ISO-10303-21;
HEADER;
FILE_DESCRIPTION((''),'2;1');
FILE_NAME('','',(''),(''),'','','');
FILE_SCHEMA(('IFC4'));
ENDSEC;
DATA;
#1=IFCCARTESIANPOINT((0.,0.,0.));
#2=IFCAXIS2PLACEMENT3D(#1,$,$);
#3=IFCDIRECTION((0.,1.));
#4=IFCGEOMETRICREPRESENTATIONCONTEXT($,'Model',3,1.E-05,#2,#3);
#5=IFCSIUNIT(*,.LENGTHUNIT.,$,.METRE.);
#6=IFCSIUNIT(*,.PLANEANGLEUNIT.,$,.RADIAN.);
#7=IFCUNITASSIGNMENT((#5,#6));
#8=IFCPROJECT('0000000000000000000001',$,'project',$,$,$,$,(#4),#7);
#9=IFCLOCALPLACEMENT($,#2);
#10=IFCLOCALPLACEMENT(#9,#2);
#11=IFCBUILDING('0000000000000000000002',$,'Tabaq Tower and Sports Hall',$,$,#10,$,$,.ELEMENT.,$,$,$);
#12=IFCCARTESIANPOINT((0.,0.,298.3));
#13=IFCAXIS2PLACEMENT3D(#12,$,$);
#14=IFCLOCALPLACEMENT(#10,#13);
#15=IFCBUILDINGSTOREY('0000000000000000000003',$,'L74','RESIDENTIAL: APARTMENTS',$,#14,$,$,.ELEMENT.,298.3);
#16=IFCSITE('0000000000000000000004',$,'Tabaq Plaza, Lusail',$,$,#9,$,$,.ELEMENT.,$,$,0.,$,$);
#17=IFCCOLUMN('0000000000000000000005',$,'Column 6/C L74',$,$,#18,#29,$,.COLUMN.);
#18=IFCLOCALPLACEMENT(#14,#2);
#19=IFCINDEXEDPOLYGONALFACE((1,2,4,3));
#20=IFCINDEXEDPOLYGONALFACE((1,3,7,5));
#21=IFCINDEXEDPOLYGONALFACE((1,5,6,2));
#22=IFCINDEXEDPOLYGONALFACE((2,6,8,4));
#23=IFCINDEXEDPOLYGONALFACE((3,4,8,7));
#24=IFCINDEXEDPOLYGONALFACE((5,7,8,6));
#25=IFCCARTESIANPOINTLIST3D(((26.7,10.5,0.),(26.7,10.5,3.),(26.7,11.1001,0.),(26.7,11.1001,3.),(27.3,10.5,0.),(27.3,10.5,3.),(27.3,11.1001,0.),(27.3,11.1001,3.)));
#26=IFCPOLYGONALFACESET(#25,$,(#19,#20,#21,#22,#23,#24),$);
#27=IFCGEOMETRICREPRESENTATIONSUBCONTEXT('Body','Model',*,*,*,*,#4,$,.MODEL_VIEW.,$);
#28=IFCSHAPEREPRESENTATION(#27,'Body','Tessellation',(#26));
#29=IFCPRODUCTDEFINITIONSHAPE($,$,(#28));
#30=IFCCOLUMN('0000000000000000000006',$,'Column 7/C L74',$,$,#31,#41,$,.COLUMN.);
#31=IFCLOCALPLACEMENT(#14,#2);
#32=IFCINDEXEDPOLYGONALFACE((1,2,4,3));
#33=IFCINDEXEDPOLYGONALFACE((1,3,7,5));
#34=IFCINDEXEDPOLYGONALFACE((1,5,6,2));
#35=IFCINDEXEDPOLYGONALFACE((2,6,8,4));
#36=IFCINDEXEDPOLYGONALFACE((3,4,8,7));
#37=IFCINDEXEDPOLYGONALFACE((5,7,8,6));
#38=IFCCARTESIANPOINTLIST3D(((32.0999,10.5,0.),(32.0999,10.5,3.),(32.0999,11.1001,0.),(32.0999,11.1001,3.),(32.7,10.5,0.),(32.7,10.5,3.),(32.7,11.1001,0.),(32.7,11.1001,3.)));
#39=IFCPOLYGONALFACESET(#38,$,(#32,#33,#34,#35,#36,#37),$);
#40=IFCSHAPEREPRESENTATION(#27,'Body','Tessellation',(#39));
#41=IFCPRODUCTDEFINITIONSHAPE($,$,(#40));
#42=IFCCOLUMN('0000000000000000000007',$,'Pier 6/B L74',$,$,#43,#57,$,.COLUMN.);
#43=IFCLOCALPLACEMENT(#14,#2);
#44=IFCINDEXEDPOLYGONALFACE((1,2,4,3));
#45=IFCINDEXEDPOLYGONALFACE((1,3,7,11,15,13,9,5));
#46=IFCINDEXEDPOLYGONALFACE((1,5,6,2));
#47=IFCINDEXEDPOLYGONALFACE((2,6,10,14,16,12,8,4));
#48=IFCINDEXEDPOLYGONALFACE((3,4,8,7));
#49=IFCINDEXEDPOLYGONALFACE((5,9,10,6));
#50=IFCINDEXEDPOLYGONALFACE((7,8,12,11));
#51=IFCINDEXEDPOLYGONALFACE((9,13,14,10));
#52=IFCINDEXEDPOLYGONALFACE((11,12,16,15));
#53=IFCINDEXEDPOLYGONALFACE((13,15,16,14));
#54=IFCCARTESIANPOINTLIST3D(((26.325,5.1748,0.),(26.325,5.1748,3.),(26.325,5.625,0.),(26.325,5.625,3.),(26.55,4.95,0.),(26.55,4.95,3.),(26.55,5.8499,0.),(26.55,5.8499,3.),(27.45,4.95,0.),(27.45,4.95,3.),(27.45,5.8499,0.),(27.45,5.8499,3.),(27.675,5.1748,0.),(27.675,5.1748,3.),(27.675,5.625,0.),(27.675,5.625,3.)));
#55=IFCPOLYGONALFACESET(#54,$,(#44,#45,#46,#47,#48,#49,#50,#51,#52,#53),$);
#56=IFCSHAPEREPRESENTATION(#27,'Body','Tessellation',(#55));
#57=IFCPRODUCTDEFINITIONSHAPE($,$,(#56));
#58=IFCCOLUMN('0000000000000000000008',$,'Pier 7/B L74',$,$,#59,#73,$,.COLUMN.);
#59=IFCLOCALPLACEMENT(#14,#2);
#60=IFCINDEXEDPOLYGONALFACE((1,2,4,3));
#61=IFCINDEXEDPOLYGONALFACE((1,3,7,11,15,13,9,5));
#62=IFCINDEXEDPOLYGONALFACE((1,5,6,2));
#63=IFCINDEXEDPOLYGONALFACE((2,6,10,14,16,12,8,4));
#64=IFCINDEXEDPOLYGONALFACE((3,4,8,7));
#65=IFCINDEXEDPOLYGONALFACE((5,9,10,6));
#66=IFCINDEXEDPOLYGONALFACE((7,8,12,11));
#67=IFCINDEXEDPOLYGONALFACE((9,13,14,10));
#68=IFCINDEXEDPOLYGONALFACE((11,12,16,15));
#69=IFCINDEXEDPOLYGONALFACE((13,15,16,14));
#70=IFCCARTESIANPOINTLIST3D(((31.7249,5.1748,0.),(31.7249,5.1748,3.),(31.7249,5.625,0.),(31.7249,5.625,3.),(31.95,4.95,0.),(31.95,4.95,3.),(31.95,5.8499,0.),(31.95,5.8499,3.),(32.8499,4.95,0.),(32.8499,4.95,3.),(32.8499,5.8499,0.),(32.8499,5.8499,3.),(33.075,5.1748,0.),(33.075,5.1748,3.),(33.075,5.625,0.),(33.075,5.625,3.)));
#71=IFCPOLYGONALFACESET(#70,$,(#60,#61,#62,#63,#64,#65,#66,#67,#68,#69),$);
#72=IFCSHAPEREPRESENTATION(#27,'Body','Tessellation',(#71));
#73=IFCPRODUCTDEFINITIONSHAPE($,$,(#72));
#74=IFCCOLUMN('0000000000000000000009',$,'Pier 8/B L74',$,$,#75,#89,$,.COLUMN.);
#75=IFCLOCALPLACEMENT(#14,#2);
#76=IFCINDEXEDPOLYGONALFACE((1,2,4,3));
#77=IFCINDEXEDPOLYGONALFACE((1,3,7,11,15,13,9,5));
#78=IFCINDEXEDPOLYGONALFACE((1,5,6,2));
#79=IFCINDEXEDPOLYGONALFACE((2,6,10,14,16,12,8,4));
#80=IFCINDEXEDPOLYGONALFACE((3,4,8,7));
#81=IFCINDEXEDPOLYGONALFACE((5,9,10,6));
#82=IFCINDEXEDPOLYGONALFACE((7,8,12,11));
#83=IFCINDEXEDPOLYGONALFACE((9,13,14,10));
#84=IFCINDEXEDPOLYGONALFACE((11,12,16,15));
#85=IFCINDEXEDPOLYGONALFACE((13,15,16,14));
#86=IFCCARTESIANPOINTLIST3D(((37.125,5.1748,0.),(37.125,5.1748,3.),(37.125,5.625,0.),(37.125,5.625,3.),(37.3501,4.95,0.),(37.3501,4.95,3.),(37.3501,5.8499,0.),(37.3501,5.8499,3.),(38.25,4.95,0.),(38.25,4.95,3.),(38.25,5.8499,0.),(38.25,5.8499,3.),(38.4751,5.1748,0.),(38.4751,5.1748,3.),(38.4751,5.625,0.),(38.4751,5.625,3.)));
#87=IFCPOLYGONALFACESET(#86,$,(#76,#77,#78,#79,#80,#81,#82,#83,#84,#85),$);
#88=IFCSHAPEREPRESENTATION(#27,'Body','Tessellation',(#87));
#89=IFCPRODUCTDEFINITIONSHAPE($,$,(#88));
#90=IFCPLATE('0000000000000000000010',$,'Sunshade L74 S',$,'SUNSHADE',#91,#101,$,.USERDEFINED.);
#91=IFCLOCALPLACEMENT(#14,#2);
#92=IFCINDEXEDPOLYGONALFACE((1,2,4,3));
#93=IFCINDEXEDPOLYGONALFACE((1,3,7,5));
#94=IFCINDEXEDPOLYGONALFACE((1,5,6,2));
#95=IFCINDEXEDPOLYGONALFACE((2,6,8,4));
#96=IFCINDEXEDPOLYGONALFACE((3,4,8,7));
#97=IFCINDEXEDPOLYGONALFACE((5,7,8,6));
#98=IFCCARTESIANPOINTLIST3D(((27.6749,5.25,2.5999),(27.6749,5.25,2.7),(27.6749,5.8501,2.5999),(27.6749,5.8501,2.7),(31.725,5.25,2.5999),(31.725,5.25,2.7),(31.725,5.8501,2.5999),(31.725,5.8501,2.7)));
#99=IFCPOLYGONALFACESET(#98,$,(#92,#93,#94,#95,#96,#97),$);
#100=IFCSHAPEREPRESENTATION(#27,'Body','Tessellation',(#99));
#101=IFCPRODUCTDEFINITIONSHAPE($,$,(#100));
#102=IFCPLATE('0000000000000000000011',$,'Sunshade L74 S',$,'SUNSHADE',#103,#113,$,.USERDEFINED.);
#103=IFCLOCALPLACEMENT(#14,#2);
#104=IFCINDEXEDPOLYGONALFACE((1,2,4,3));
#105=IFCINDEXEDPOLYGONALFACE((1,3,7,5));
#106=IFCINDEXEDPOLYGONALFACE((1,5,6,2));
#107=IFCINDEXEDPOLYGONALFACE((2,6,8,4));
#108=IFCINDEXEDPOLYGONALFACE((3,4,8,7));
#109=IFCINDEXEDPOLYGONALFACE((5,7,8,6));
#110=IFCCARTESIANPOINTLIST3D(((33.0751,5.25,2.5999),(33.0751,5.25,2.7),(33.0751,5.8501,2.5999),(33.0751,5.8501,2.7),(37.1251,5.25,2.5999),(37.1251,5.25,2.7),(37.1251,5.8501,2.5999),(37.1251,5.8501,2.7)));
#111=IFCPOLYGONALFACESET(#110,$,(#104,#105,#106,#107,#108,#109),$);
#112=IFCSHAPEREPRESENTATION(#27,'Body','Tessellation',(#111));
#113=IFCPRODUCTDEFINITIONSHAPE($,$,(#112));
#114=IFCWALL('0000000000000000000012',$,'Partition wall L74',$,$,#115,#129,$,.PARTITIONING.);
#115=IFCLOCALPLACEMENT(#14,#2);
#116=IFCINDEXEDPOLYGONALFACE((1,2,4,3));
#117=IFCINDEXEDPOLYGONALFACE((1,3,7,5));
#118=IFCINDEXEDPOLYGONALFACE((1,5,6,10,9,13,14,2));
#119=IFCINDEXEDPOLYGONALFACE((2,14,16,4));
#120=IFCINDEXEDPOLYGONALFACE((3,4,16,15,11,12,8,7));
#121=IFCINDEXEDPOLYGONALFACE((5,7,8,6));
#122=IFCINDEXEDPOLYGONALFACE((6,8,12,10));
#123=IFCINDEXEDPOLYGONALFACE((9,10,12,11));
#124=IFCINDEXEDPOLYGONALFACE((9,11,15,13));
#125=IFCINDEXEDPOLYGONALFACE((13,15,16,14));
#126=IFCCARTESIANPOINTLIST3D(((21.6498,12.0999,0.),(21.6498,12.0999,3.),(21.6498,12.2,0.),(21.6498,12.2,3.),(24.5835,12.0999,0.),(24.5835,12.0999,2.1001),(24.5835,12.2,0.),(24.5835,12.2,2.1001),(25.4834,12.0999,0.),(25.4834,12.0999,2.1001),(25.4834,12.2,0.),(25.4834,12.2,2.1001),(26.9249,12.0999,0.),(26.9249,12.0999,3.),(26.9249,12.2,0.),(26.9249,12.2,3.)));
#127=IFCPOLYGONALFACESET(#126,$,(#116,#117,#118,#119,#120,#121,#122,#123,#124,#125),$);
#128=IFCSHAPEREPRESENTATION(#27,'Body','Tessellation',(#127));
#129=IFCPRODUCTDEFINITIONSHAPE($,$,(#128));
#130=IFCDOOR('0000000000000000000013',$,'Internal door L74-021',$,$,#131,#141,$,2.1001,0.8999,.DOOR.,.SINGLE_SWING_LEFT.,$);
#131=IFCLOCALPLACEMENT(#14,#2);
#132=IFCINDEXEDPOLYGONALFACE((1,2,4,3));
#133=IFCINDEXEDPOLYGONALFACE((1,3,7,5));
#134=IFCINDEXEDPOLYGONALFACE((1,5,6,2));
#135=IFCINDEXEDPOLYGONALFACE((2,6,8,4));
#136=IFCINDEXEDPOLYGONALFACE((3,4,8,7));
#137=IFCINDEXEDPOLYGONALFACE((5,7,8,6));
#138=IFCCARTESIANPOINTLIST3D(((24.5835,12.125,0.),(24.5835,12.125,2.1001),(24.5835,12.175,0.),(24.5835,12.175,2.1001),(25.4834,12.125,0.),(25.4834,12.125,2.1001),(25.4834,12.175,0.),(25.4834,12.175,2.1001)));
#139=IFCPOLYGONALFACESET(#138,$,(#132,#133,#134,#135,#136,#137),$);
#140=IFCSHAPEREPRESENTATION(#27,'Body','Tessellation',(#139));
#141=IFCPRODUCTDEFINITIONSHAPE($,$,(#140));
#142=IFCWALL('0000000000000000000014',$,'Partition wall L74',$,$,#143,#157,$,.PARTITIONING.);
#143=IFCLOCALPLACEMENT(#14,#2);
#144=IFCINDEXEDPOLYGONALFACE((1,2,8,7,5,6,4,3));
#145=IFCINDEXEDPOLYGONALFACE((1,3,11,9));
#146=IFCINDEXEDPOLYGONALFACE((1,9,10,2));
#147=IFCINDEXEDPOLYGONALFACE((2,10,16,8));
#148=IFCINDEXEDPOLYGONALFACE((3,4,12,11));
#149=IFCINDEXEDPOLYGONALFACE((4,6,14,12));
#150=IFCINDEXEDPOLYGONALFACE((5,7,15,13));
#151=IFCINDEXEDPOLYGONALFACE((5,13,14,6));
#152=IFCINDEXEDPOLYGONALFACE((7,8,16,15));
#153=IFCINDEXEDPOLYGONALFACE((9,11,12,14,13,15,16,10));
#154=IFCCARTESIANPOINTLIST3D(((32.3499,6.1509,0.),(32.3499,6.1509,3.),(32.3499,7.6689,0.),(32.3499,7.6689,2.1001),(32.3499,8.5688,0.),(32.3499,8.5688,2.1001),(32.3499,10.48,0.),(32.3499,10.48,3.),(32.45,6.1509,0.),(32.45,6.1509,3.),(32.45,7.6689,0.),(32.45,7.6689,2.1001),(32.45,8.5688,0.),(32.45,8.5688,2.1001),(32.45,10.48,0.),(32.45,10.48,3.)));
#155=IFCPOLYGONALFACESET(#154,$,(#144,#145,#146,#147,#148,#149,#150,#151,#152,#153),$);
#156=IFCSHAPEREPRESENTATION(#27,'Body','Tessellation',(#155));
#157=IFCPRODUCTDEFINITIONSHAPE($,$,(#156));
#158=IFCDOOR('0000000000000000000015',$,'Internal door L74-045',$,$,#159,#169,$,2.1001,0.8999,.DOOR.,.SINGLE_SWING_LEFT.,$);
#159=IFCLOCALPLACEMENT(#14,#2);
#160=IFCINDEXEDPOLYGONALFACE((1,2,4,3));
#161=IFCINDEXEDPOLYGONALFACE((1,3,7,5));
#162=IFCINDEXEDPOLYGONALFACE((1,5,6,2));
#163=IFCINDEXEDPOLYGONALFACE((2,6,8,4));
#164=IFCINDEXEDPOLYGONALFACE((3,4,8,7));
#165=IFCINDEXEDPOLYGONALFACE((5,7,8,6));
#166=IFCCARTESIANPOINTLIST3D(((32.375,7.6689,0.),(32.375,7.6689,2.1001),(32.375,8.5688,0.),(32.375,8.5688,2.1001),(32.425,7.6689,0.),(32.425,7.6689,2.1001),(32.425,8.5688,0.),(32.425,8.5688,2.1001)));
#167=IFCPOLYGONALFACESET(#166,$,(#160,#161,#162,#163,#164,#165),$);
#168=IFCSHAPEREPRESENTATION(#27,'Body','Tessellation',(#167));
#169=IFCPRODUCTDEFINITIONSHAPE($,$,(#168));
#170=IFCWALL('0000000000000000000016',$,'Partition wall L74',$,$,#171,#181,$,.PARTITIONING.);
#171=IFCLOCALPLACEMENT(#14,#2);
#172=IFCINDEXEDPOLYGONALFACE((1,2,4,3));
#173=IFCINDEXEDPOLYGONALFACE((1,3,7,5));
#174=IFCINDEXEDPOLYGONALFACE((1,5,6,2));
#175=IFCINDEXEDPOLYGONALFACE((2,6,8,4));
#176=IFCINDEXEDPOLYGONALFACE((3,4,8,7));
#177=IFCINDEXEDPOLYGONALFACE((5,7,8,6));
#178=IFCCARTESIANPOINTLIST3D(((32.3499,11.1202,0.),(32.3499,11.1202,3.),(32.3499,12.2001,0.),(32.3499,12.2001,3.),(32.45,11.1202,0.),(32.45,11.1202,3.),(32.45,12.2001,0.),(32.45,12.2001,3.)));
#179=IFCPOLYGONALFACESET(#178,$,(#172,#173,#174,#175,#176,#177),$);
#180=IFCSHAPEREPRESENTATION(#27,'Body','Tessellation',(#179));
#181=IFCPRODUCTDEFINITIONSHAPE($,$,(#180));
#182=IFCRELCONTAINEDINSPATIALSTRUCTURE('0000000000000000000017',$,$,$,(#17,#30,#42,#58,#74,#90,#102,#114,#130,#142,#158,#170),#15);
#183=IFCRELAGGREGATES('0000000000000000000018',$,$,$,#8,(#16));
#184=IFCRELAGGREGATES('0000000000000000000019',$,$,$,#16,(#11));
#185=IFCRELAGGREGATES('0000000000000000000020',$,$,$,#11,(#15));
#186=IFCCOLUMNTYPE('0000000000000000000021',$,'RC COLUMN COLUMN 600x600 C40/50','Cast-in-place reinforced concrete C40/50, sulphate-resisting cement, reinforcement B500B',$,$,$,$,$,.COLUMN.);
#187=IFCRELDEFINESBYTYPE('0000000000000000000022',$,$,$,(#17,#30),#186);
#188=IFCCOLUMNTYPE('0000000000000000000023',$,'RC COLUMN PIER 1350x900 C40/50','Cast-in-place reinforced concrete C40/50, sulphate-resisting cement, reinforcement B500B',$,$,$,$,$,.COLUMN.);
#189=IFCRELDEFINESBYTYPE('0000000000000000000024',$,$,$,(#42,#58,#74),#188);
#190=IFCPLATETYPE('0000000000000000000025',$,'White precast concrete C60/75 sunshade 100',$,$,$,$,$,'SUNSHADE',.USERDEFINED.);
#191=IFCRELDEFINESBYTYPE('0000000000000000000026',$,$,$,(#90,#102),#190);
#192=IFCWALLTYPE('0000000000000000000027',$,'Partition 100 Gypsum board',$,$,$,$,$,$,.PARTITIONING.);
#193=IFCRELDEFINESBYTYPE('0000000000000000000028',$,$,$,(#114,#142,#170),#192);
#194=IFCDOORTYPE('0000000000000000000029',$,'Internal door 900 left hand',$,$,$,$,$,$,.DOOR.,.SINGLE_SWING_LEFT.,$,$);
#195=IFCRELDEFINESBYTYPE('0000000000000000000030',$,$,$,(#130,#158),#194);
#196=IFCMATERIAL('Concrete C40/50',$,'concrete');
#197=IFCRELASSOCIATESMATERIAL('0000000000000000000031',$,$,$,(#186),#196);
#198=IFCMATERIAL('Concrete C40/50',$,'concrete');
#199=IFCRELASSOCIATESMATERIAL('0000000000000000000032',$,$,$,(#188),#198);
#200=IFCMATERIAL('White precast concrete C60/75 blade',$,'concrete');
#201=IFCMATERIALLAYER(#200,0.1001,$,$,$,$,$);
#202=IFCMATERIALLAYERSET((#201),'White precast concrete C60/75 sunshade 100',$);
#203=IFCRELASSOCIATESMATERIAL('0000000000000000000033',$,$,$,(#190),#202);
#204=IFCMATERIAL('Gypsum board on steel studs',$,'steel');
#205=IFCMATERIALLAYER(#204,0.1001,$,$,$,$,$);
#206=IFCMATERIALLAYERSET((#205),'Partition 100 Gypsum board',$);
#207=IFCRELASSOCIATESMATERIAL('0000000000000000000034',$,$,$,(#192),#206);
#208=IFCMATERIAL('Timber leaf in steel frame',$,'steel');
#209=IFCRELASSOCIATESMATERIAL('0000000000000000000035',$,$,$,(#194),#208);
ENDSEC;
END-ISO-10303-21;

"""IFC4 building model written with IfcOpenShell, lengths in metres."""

from ifc_helpers import new_model, si_unit, direction, frame, frame_2d, origin, origin_2d, place, context, subcontext, project, spatial, polyline, rectangle, outline, extrude, material, layer, layer_set, material_profile, profile_set, type_object, element, fill, save


model = new_model("IFC4")

# Units and contexts
model_context = context("Model", 3, precision=1e-05, world=origin(), true_north=direction((0.0, 1.0)))
body_context = subcontext(model_context, "Body", "Model", "MODEL_VIEW")
ifc_project = project(units=[si_unit("LENGTHUNIT", "METRE"), si_unit("PLANEANGLEUNIT", "RADIAN")], contexts=[model_context])

# Site, building, storey
site_placement = place(None, origin())
site = spatial("IfcSite", under=ifc_project, at=site_placement, Name="Tabaq Plaza, Lusail", CompositionType="ELEMENT", RefElevation=0.0)
building_placement = place(site_placement, origin())
building = spatial("IfcBuilding", under=site, at=building_placement, Name="Tabaq Tower and Sports Hall", CompositionType="ELEMENT")
storey_placement = place(building_placement, frame((0.0, 0.0, 298.3)))
storey = spatial("IfcBuildingStorey", under=building, at=storey_placement, Name="L74", Description="RESIDENTIAL: APARTMENTS", CompositionType="ELEMENT", Elevation=298.3)

# Columns
ifc_material_1 = material(Name="Concrete C40/50", Category="concrete")
ifc_material_profile_1 = material_profile(ifc_material_1, rectangle(XDim=0.6001, YDim=0.6001, at=origin_2d()), Name="COLUMN 600x600")
ifc_profile_set_1 = profile_set([ifc_material_profile_1], Name="Concrete C40/50")
column_type_1 = type_object("IfcColumnType", Name="RC COLUMN COLUMN 600x600 C40/50", Description="Cast-in-place reinforced concrete C40/50, sulphate-resisting cement, reinforcement B500B", PredefinedType="COLUMN", material=ifc_profile_set_1)
for number, where, z_axis, x_axis, name in (
    (1, (27.0, 10.8, 0.0), (0.0, 0.0, 1.0), (1.0, 0.0, 0.0), "Column 6/C L74"),
    (2, (32.3999, 10.8, 0.0), (0.0, 0.0, 1.0), (1.0, 0.0, 0.0), "Column 7/C L74"),
):
    element("IfcColumn", number, at=place(storey_placement, frame(where, z_axis=z_axis, x_axis=x_axis)), inside=storey, type_object=column_type_1, Name=name, PredefinedType="COLUMN", context=body_context, shape_type="SweptSolid", body=[
        extrude(rectangle(XDim=0.6001, YDim=0.6001, at=origin_2d()), origin(), (0.0, 0.0, 1.0), 3.0),
    ])
ifc_material_2 = material(Name="Concrete C40/50", Category="concrete")
ifc_material_profile_2 = material_profile(ifc_material_2, outline(polyline([(-0.45, -0.45), (0.45, -0.45), (0.675, -0.2251), (0.675, 0.2251), (0.45, 0.45), (-0.45, 0.45), (-0.675, 0.2251), (-0.675, -0.2251), (-0.45, -0.45)])), Name="PIER 1350x900")
ifc_profile_set_2 = profile_set([ifc_material_profile_2], Name="Concrete C40/50")
column_type_2 = type_object("IfcColumnType", Name="RC COLUMN PIER 1350x900 C40/50", Description="Cast-in-place reinforced concrete C40/50, sulphate-resisting cement, reinforcement B500B", PredefinedType="COLUMN", material=ifc_profile_set_2)
for number, where, z_axis, x_axis, name in (
    (3, (27.0, 5.3999, 0.0), (0.0, 0.0, 1.0), (1.0, 0.0, 0.0), "Pier 6/B L74"),
    (4, (32.3999, 5.3999, 0.0), (0.0, 0.0, 1.0), (1.0, 0.0, 0.0), "Pier 7/B L74"),
    (5, (37.8, 5.3999, 0.0), (0.0, 0.0, 1.0), (1.0, 0.0, 0.0), "Pier 8/B L74"),
):
    element("IfcColumn", number, at=place(storey_placement, frame(where, z_axis=z_axis, x_axis=x_axis)), inside=storey, type_object=column_type_2, Name=name, PredefinedType="COLUMN", context=body_context, shape_type="SweptSolid", body=[
        extrude(outline(polyline([(-0.45, -0.45), (0.45, -0.45), (0.675, -0.2251), (0.675, 0.2251), (0.45, 0.45), (-0.45, 0.45), (-0.675, 0.2251), (-0.675, -0.2251), (-0.45, -0.45)])), origin(), (0.0, 0.0, 1.0), 3.0),
    ])

# Plates
ifc_material_3 = material(Name="White precast concrete C60/75 blade", Category="concrete")
ifc_layer_1 = layer(ifc_material_3, 0.1001)
ifc_layer_set_1 = layer_set([ifc_layer_1], Name="White precast concrete C60/75 sunshade 100")
plate_type = type_object("IfcPlateType", Name="White precast concrete C60/75 sunshade 100", ElementType="SUNSHADE", PredefinedType="USERDEFINED", material=ifc_layer_set_1)
for number, where, z_axis, x_axis, name in (
    (6, (29.7, 5.55, 2.5999), (0.0, 0.0, 1.0), (1.0, 0.0, 0.0), "Sunshade L74 S"),
    (7, (35.1001, 5.55, 2.5999), (0.0, 0.0, 1.0), (1.0, 0.0, 0.0), "Sunshade L74 S"),
):
    element("IfcPlate", number, at=place(storey_placement, frame(where, z_axis=z_axis, x_axis=x_axis)), inside=storey, type_object=plate_type, Name=name, ObjectType="SUNSHADE", PredefinedType="USERDEFINED", context=body_context, shape_type="SweptSolid", body=[
        extrude(rectangle(XDim=4.05, YDim=0.6001, at=origin_2d()), origin(), (0.0, 0.0, 1.0), 0.1001),
    ])

# Walls, openings, doors
ifc_material_4 = material(Name="Gypsum board on steel studs", Category="steel")
ifc_layer_2 = layer(ifc_material_4, 0.1001)
ifc_layer_set_2 = layer_set([ifc_layer_2], Name="Partition 100 Gypsum board")
wall_type_1 = type_object("IfcWallType", Name="Partition 100 Gypsum board", PredefinedType="PARTITIONING", material=ifc_layer_set_2)
wall_1_placement = place(storey_placement, frame((26.925, 12.1499, 0.0), z_axis=(0.0, 0.0, 1.0), x_axis=(-1.0, 0.0, 0.0)))
wall_1 = element("IfcWall", 8, at=wall_1_placement, inside=storey, type_object=wall_type_1, Name="Partition wall L74", PredefinedType="PARTITIONING", context=body_context, shape_type="SweptSolid", body=[
    extrude(rectangle(XDim=5.2751, YDim=0.1001, at=frame_2d((2.6377, 0.0))), origin(), (0.0, 0.0, 1.0), 3.0),
])
opening_1_placement = place(wall_1_placement, frame((1.4417, 0.0, 0.0)))
opening_1 = element("IfcOpeningElement", 9, at=opening_1_placement, cuts=wall_1, PredefinedType="OPENING", context=body_context, shape_type="SweptSolid", body=[
    extrude(rectangle(XDim=0.8999, YDim=2.1001, at=frame_2d((0.45, 1.05))), frame((0.0, 0.05, 0.0), z_axis=(0.0, -1.0, 0.0), x_axis=(1.0, 0.0, 0.0)), (0.0, 0.0, 1.0), 0.1001),
])
ifc_material_5 = material(Name="Timber leaf in steel frame", Category="steel")
door_type_1 = type_object("IfcDoorType", Name="Internal door 900 left hand", OperationType="SINGLE_SWING_LEFT", PredefinedType="DOOR", material=ifc_material_5)
door_1_placement = place(opening_1_placement, origin())
door_1 = element("IfcDoor", 10, at=door_1_placement, inside=storey, type_object=door_type_1, Name="Internal door L74-021", OperationType="SINGLE_SWING_LEFT", OverallHeight=2.1001, OverallWidth=0.8999, PredefinedType="DOOR", context=body_context, shape_type="SweptSolid", body=[
    extrude(rectangle(XDim=0.8999, YDim=2.1001, at=frame_2d((0.45, 1.05))), frame((0.0, 0.0249, 0.0), z_axis=(0.0, -1.0, 0.0), x_axis=(1.0, 0.0, 0.0)), (0.0, 0.0, 1.0), 0.05),
])
fill(opening_1, door_1)
wall_2_placement = place(storey_placement, frame((32.3999, 6.1509, 0.0), z_axis=(0.0, 0.0, 1.0), x_axis=(0.0, 1.0, 0.0)))
wall_2 = element("IfcWall", 11, at=wall_2_placement, inside=storey, type_object=wall_type_1, Name="Partition wall L74", PredefinedType="PARTITIONING", context=body_context, shape_type="SweptSolid", body=[
    extrude(rectangle(XDim=4.3291, YDim=0.1001, at=frame_2d((2.1646, 0.0))), origin(), (0.0, 0.0, 1.0), 3.0),
])
opening_2_placement = place(wall_2_placement, frame((1.5181, 0.0, 0.0)))
opening_2 = element("IfcOpeningElement", 12, at=opening_2_placement, cuts=wall_2, PredefinedType="OPENING", context=body_context, shape_type="SweptSolid", body=[
    extrude(rectangle(XDim=0.8999, YDim=2.1001, at=frame_2d((0.45, 1.05))), frame((0.0, 0.05, 0.0), z_axis=(0.0, -1.0, 0.0), x_axis=(1.0, 0.0, 0.0)), (0.0, 0.0, 1.0), 0.1001),
])
door_2_placement = place(opening_2_placement, origin())
door_2 = element("IfcDoor", 13, at=door_2_placement, inside=storey, type_object=door_type_1, Name="Internal door L74-045", OperationType="SINGLE_SWING_LEFT", OverallHeight=2.1001, OverallWidth=0.8999, PredefinedType="DOOR", context=body_context, shape_type="SweptSolid", body=[
    extrude(rectangle(XDim=0.8999, YDim=2.1001, at=frame_2d((0.45, 1.05))), frame((0.0, 0.0249, 0.0), z_axis=(0.0, -1.0, 0.0), x_axis=(1.0, 0.0, 0.0)), (0.0, 0.0, 1.0), 0.05),
])
fill(opening_2, door_2)

# Wall
wall_3_placement = place(storey_placement, frame((32.3999, 11.1201, 0.0), z_axis=(0.0, 0.0, 1.0), x_axis=(0.0, 1.0, 0.0)))
element("IfcWall", 14, at=wall_3_placement, inside=storey, type_object=wall_type_1, Name="Partition wall L74", PredefinedType="PARTITIONING", context=body_context, shape_type="SweptSolid", body=[
    extrude(rectangle(XDim=1.0798, YDim=0.1001, at=frame_2d((0.54, 0.0))), origin(), (0.0, 0.0, 1.0), 3.0),
])

save(model, "model.ifc")
